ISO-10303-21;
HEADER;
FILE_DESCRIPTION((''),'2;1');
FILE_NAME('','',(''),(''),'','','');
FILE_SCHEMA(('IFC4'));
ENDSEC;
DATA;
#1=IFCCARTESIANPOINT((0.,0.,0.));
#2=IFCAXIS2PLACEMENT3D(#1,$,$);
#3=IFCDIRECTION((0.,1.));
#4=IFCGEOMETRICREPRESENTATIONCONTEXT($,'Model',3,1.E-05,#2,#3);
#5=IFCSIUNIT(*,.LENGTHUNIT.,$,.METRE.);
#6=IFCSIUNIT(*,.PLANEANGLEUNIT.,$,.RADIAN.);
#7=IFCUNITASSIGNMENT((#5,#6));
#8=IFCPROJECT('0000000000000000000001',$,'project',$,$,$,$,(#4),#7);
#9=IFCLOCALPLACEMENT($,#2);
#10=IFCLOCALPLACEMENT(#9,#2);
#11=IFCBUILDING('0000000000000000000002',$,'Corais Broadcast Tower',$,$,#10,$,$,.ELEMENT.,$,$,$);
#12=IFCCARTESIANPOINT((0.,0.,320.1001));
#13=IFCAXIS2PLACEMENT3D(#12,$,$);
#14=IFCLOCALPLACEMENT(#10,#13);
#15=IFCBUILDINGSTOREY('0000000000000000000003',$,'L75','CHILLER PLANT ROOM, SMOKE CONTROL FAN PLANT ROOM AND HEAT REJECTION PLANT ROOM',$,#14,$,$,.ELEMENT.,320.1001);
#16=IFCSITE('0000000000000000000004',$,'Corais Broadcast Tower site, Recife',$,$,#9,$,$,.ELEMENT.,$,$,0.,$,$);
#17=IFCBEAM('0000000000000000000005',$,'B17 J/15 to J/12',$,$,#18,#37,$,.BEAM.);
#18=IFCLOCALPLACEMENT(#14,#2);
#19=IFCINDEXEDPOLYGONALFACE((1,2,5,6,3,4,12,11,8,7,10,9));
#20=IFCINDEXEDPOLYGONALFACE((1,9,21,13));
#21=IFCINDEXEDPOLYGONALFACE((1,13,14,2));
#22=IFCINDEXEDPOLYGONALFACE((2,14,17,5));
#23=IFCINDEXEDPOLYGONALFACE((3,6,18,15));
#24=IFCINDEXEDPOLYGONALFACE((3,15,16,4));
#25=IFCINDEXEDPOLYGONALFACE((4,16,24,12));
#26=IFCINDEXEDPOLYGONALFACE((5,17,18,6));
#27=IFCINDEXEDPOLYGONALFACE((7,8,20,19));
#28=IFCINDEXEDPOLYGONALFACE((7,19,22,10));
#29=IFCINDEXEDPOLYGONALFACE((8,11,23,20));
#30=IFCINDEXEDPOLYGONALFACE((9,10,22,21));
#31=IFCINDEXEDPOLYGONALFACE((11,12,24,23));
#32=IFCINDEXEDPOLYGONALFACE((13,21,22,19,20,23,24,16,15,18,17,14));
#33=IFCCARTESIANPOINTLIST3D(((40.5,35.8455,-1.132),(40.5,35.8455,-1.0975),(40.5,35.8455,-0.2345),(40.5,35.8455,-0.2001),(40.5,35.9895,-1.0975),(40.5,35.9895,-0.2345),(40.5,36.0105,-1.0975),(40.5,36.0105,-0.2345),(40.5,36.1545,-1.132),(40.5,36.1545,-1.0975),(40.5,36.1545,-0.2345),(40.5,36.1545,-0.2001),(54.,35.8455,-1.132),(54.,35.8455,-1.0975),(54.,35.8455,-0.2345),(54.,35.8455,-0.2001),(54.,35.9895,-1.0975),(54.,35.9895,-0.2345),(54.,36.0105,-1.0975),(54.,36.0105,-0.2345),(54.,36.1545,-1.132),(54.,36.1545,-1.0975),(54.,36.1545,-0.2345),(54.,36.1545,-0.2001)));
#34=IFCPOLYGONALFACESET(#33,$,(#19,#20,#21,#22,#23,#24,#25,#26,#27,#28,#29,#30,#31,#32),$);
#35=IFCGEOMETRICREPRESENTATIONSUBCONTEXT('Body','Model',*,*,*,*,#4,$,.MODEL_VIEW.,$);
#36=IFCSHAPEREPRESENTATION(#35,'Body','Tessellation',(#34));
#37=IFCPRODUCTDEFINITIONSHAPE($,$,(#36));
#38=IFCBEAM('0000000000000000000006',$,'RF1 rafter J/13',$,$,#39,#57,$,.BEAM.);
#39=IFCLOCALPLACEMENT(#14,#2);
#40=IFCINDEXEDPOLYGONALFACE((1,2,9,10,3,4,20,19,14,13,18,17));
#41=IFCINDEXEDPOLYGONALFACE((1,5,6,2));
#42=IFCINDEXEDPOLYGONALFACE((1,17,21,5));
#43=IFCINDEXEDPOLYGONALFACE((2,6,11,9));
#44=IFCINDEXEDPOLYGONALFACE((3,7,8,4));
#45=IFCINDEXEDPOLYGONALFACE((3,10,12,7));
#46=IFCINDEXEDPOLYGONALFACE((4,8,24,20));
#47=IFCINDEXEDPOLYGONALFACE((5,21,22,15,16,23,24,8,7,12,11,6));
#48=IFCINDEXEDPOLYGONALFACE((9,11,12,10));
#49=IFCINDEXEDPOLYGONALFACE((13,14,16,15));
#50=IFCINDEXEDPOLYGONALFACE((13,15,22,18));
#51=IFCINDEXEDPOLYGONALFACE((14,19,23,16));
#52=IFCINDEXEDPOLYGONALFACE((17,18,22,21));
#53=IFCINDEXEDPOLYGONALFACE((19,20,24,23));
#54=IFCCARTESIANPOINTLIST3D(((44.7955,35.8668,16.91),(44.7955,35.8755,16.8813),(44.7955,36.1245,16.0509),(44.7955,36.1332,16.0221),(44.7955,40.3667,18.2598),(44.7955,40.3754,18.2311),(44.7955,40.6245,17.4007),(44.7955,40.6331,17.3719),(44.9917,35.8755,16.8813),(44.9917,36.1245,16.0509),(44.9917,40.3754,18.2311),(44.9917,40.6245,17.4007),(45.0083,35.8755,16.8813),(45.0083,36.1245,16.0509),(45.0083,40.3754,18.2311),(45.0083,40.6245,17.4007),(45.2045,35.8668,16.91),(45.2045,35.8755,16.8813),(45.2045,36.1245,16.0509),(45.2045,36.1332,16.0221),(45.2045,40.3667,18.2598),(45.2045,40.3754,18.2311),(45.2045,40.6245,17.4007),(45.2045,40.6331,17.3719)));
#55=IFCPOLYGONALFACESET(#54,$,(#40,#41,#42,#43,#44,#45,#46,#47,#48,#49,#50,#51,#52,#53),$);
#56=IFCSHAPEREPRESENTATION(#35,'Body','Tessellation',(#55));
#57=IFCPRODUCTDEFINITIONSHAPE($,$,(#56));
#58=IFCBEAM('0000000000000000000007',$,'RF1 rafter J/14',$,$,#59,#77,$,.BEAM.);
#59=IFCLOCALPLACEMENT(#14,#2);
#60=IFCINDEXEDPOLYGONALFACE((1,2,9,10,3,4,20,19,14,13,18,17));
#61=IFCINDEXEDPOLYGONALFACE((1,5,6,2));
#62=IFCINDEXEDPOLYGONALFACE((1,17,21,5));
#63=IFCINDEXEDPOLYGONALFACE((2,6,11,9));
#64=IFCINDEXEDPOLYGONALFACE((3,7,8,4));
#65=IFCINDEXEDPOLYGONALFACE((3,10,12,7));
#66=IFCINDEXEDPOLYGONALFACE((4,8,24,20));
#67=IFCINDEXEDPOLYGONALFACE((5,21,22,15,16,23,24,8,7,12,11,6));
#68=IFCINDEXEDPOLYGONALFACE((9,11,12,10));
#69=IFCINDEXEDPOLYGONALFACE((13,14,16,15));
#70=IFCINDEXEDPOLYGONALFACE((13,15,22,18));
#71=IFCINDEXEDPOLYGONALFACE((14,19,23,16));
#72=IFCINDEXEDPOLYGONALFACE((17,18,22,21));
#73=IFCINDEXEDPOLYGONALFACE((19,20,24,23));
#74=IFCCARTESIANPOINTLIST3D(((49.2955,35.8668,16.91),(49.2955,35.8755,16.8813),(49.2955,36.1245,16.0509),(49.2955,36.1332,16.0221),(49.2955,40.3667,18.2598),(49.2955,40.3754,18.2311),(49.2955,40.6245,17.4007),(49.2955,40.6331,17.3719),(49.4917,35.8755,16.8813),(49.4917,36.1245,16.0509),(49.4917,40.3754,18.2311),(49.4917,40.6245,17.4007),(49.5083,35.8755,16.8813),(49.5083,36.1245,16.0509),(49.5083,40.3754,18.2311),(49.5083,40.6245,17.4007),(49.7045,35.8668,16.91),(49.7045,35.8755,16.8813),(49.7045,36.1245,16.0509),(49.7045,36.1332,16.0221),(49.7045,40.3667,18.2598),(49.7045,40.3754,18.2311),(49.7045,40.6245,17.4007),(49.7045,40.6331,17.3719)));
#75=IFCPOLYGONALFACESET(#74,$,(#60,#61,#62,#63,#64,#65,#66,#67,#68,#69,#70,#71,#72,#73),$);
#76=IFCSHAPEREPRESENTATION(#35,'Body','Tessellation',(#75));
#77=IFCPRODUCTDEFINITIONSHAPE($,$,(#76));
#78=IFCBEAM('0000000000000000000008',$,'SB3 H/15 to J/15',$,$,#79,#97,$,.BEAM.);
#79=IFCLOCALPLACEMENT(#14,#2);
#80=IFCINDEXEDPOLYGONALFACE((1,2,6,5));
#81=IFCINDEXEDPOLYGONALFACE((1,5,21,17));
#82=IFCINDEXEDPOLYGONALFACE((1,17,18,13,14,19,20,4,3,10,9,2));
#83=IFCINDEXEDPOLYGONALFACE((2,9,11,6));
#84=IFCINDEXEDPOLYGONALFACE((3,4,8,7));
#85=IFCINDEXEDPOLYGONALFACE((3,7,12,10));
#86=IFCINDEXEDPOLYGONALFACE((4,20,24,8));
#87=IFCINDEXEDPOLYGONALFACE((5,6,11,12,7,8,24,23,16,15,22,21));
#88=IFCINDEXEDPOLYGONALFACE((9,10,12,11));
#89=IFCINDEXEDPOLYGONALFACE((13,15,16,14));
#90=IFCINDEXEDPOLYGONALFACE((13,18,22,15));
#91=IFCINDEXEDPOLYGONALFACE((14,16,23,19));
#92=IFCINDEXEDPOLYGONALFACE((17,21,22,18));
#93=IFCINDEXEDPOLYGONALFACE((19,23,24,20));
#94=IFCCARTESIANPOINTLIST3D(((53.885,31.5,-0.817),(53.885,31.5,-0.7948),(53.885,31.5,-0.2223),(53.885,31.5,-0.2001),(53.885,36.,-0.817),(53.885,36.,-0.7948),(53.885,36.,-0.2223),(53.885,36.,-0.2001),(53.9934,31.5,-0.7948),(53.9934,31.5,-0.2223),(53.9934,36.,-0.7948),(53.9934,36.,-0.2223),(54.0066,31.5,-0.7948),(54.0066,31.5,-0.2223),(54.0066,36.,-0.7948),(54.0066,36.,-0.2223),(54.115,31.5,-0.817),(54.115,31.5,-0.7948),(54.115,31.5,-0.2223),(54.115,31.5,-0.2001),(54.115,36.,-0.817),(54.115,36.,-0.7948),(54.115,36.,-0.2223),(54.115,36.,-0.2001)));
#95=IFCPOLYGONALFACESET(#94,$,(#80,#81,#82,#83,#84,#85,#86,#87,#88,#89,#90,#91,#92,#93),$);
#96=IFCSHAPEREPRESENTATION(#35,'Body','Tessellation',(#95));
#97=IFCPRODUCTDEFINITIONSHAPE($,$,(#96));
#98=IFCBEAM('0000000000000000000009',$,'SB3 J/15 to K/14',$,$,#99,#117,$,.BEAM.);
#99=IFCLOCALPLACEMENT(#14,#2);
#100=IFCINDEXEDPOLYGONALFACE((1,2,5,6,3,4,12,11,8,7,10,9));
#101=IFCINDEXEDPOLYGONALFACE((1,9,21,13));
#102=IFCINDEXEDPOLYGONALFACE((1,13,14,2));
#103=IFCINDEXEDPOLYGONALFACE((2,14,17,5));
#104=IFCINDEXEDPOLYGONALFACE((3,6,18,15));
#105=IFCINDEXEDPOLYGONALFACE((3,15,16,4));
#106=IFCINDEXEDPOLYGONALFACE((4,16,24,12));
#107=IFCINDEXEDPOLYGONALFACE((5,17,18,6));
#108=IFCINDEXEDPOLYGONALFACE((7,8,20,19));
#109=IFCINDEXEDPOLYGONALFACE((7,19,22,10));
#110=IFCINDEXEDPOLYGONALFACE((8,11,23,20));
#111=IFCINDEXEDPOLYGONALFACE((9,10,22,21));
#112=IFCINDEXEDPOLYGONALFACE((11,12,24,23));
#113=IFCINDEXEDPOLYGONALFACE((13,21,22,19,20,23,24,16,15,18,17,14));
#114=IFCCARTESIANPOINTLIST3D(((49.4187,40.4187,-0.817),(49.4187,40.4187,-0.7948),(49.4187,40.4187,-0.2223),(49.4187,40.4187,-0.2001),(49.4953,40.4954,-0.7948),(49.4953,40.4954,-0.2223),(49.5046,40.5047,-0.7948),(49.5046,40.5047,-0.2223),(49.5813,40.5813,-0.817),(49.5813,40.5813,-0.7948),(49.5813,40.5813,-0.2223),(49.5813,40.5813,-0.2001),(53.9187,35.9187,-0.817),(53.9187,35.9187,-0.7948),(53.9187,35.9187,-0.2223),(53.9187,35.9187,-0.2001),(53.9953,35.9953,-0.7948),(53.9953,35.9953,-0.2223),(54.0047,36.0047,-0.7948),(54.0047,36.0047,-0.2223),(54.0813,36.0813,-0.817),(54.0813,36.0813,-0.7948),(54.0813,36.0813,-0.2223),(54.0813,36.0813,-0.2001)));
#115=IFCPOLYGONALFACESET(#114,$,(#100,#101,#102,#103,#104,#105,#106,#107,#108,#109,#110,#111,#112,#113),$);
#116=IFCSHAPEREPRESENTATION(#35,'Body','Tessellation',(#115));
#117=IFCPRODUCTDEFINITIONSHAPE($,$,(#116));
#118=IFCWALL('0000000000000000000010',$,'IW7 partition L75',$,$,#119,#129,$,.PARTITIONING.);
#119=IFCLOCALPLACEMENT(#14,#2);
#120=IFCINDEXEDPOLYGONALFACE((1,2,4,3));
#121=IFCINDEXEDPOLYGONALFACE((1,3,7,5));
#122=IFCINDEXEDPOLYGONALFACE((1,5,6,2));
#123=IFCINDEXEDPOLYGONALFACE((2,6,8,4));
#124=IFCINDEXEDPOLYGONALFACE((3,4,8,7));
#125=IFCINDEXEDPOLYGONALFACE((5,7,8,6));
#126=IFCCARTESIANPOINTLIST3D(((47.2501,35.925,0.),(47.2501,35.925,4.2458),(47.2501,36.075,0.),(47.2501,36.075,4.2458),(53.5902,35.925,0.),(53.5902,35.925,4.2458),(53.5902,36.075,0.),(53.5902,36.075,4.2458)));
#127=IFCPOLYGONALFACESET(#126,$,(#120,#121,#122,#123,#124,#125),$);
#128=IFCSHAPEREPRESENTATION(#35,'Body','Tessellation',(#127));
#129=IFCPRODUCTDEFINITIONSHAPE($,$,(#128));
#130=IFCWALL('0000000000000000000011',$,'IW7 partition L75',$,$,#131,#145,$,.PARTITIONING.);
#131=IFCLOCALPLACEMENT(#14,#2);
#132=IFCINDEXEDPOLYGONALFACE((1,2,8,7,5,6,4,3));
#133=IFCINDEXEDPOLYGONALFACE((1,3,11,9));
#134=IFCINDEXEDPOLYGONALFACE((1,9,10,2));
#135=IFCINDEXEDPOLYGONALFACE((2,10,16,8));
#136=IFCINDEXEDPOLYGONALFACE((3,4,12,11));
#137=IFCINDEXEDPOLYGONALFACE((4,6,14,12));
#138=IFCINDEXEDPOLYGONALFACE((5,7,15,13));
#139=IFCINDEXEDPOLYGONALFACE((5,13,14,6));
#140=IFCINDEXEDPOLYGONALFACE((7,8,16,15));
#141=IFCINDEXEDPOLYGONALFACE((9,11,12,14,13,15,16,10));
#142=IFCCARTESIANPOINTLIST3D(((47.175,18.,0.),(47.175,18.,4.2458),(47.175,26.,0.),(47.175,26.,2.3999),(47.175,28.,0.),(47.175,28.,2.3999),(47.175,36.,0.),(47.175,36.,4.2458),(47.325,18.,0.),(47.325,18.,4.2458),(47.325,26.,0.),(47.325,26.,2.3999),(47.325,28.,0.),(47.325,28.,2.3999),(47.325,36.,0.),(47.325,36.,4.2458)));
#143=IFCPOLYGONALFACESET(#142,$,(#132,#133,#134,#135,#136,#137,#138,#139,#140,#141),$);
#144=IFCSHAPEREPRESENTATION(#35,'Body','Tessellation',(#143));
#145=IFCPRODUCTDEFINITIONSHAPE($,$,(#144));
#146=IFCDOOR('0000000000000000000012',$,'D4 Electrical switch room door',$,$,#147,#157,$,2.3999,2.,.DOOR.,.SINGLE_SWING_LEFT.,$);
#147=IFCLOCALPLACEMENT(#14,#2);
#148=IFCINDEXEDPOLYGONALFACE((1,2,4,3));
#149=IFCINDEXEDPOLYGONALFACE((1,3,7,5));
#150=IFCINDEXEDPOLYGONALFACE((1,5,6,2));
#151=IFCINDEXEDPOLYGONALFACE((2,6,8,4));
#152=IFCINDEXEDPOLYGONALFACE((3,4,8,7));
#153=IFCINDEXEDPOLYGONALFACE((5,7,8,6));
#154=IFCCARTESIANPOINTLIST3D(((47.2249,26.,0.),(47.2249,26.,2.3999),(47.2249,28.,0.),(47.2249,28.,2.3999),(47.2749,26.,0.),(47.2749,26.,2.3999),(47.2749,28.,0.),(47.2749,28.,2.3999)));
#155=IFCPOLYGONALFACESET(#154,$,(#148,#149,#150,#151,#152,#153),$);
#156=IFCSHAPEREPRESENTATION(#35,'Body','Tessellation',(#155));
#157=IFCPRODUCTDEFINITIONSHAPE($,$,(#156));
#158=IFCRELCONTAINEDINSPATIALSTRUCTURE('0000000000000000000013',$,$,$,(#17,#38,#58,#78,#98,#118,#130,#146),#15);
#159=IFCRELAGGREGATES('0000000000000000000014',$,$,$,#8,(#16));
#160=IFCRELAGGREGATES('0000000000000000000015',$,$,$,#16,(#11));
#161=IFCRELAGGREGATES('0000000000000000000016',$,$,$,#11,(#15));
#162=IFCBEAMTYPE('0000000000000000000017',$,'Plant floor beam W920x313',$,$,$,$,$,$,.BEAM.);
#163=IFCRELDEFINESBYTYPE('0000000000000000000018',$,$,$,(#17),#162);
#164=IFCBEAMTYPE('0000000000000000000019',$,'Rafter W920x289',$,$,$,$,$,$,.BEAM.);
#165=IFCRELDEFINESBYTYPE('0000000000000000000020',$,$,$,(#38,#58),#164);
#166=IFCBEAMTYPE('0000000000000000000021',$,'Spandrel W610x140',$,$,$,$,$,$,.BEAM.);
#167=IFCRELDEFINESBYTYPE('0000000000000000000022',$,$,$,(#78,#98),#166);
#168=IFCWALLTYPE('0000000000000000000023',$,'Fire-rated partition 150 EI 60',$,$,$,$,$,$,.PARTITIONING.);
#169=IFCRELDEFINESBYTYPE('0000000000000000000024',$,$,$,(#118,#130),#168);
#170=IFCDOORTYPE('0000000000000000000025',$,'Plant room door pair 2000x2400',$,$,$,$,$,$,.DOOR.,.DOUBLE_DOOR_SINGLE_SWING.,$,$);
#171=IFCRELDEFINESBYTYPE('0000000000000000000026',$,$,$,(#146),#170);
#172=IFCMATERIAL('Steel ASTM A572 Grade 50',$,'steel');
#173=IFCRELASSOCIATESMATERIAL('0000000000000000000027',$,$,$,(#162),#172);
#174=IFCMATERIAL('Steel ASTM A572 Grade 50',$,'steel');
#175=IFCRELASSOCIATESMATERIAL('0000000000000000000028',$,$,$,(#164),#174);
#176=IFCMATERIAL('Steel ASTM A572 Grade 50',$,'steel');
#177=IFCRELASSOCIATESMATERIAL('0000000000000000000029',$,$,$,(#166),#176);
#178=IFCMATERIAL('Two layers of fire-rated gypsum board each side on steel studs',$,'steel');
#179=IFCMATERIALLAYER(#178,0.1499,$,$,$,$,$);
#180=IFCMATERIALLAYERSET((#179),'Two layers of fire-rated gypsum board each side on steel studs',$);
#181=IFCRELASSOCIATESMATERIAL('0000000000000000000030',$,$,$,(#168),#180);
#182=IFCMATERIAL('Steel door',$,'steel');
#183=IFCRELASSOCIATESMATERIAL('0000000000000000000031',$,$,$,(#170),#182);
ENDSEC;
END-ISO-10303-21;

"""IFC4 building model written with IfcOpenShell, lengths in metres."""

from ifc_helpers import new_model, si_unit, direction, frame, frame_2d, origin, origin_2d, place, context, subcontext, project, spatial, rectangle, i_section, extrude, material, layer, layer_set, material_profile, profile_set, type_object, element, fill, save


model = new_model("IFC4")

# Units and contexts
model_context = context("Model", 3, precision=1e-05, world=origin(), true_north=direction((0.0, 1.0)))
body_context = subcontext(model_context, "Body", "Model", "MODEL_VIEW")
ifc_project = project(units=[si_unit("LENGTHUNIT", "METRE"), si_unit("PLANEANGLEUNIT", "RADIAN")], contexts=[model_context])

# Site, building, storey
site_placement = place(None, origin())
site = spatial("IfcSite", under=ifc_project, at=site_placement, Name="Corais Broadcast Tower site, Recife", CompositionType="ELEMENT", RefElevation=0.0)
building_placement = place(site_placement, origin())
building = spatial("IfcBuilding", under=site, at=building_placement, Name="Corais Broadcast Tower", CompositionType="ELEMENT")
storey_placement = place(building_placement, frame((0.0, 0.0, 320.1001)))
storey = spatial("IfcBuildingStorey", under=building, at=storey_placement, Name="L75", Description="CHILLER PLANT ROOM, SMOKE CONTROL FAN PLANT ROOM AND HEAT REJECTION PLANT ROOM", CompositionType="ELEMENT", Elevation=320.1001)

# Beams
ifc_material_1 = material(Name="Steel ASTM A572 Grade 50", Category="steel")
ifc_material_profile_1 = material_profile(ifc_material_1, i_section(OverallWidth=0.3091, OverallDepth=0.9319, WebThickness=0.021, FlangeThickness=0.0344, at=origin_2d()), Name="W920x313")
ifc_profile_set_1 = profile_set([ifc_material_profile_1], Name="Steel ASTM A572 Grade 50")
beam_type_1 = type_object("IfcBeamType", Name="Plant floor beam W920x313", PredefinedType="BEAM", material=ifc_profile_set_1)
for number, where, z_axis, x_axis, name in (
    (1, (54.0, 36.0, -0.666), (-1.0, 0.0, 0.0), (0.0, -1.0, 0.0), "B17 J/15 to J/12"),
):
    element("IfcBeam", number, at=place(storey_placement, frame(where, z_axis=z_axis, x_axis=x_axis)), inside=storey, type_object=beam_type_1, Name=name, PredefinedType="BEAM", context=body_context, shape_type="SweptSolid", body=[
        extrude(i_section(OverallWidth=0.3091, OverallDepth=0.9319, WebThickness=0.021, FlangeThickness=0.0344, at=origin_2d()), origin(), (0.0, 0.0, 1.0), 13.5),
    ])
ifc_material_2 = material(Name="Steel ASTM A572 Grade 50", Category="steel")
ifc_material_profile_2 = material_profile(ifc_material_2, i_section(OverallWidth=0.4089, OverallDepth=0.927, WebThickness=0.0166, FlangeThickness=0.03, at=origin_2d()), Name="W920x289")
ifc_profile_set_2 = profile_set([ifc_material_profile_2], Name="Steel ASTM A572 Grade 50")
beam_type_2 = type_object("IfcBeamType", Name="Rafter W920x289", PredefinedType="BEAM", material=ifc_profile_set_2)
for number, where, z_axis, x_axis, name in (
    (2, (45.0, 36.0, 16.4661), (0.0, 0.957835, 0.287319), (-1.0, 0.0, 0.0), "RF1 rafter J/13"),
    (3, (49.5, 36.0, 16.4661), (0.0, 0.957835, 0.287319), (-1.0, 0.0, 0.0), "RF1 rafter J/14"),
):
    element("IfcBeam", number, at=place(storey_placement, frame(where, z_axis=z_axis, x_axis=x_axis)), inside=storey, type_object=beam_type_2, Name=name, PredefinedType="BEAM", context=body_context, shape_type="SweptSolid", body=[
        extrude(i_section(OverallWidth=0.4089, OverallDepth=0.927, WebThickness=0.0166, FlangeThickness=0.03, at=origin_2d()), origin(), (0.0, 0.0, 1.0), 4.698),
    ])
ifc_material_3 = material(Name="Steel ASTM A572 Grade 50", Category="steel")
ifc_material_profile_3 = material_profile(ifc_material_3, i_section(OverallWidth=0.23, OverallDepth=0.6169, WebThickness=0.0132, FlangeThickness=0.0222, at=origin_2d()), Name="W610x140")
ifc_profile_set_3 = profile_set([ifc_material_profile_3], Name="Steel ASTM A572 Grade 50")
beam_type_3 = type_object("IfcBeamType", Name="Spandrel W610x140", PredefinedType="BEAM", material=ifc_profile_set_3)
beam_1_placement = place(storey_placement, frame((54.0, 31.5, -0.5085), z_axis=(0.0, 1.0, 0.0), x_axis=(-1.0, 0.0, 0.0)))
element("IfcBeam", 4, at=beam_1_placement, inside=storey, type_object=beam_type_3, Name="SB3 H/15 to J/15", PredefinedType="BEAM", context=body_context, shape_type="SweptSolid", body=[
    extrude(i_section(OverallWidth=0.23, OverallDepth=0.6169, WebThickness=0.0132, FlangeThickness=0.0222, at=origin_2d()), origin(), (0.0, 0.0, 1.0), 4.5),
])
beam_2_placement = place(storey_placement, frame((54.0, 36.0, -0.5085), z_axis=(-0.707107, 0.707107, 0.0), x_axis=(-0.707107, -0.707107, 0.0)))
element("IfcBeam", 5, at=beam_2_placement, inside=storey, type_object=beam_type_3, Name="SB3 J/15 to K/14", PredefinedType="BEAM", context=body_context, shape_type="SweptSolid", body=[
    extrude(i_section(OverallWidth=0.23, OverallDepth=0.6169, WebThickness=0.0132, FlangeThickness=0.0222, at=origin_2d()), origin(), (0.0, 0.0, 1.0), 6.364),
])

# Wall
ifc_material_4 = material(Name="Two layers of fire-rated gypsum board each side on steel studs", Category="steel")
ifc_layer_1 = layer(ifc_material_4, 0.1499)
ifc_layer_set_1 = layer_set([ifc_layer_1], Name="Two layers of fire-rated gypsum board each side on steel studs")
wall_type_1 = type_object("IfcWallType", Name="Fire-rated partition 150 EI 60", PredefinedType="PARTITIONING", material=ifc_layer_set_1)
wall_1_placement = place(storey_placement, frame((53.5901, 36.0, 0.0), z_axis=(0.0, 0.0, 1.0), x_axis=(-1.0, 0.0, 0.0)))
element("IfcWall", 6, at=wall_1_placement, inside=storey, type_object=wall_type_1, Name="IW7 partition L75", PredefinedType="PARTITIONING", context=body_context, shape_type="SweptSolid", body=[
    extrude(rectangle(XDim=6.3401, YDim=0.1499, at=frame_2d((3.1699, 0.0))), origin(), (0.0, 0.0, 1.0), 4.2458),
])

# Wall, opening, door
wall_2_placement = place(storey_placement, frame((47.25, 36.0, 0.0), z_axis=(0.0, 0.0, 1.0), x_axis=(0.0, -1.0, 0.0)))
wall_2 = element("IfcWall", 7, at=wall_2_placement, inside=storey, type_object=wall_type_1, Name="IW7 partition L75", PredefinedType="PARTITIONING", context=body_context, shape_type="SweptSolid", body=[
    extrude(rectangle(XDim=18.0, YDim=0.1499, at=frame_2d((9.0, 0.0))), origin(), (0.0, 0.0, 1.0), 4.2458),
])
opening_1_placement = place(wall_2_placement, frame((8.0, 0.0, 0.0)))
opening_1 = element("IfcOpeningElement", 8, at=opening_1_placement, cuts=wall_2, PredefinedType="OPENING", context=body_context, shape_type="SweptSolid", body=[
    extrude(rectangle(XDim=2.0, YDim=2.3999, at=frame_2d((1.0, 1.2))), frame((0.0, 0.085, 0.0), z_axis=(0.0, -1.0, 0.0), x_axis=(1.0, 0.0, 0.0)), (0.0, 0.0, 1.0), 0.1699),
])
ifc_material_5 = material(Name="Steel door", Category="steel")
door_type = type_object("IfcDoorType", Name="Plant room door pair 2000x2400", OperationType="DOUBLE_DOOR_SINGLE_SWING", PredefinedType="DOOR", material=ifc_material_5)
door_placement = place(opening_1_placement, origin())
door = element("IfcDoor", 9, at=door_placement, inside=storey, type_object=door_type, Name="D4 Electrical switch room door", OperationType="SINGLE_SWING_LEFT", OverallHeight=2.3999, OverallWidth=2.0, PredefinedType="DOOR", context=body_context, shape_type="SweptSolid", body=[
    extrude(rectangle(XDim=2.0, YDim=2.3999, at=frame_2d((1.0, 1.2))), frame((0.0, 0.0249, 0.0), z_axis=(0.0, -1.0, 0.0), x_axis=(1.0, 0.0, 0.0)), (0.0, 0.0, 1.0), 0.05),
])
fill(opening_1, door)

save(model, "model.ifc")
